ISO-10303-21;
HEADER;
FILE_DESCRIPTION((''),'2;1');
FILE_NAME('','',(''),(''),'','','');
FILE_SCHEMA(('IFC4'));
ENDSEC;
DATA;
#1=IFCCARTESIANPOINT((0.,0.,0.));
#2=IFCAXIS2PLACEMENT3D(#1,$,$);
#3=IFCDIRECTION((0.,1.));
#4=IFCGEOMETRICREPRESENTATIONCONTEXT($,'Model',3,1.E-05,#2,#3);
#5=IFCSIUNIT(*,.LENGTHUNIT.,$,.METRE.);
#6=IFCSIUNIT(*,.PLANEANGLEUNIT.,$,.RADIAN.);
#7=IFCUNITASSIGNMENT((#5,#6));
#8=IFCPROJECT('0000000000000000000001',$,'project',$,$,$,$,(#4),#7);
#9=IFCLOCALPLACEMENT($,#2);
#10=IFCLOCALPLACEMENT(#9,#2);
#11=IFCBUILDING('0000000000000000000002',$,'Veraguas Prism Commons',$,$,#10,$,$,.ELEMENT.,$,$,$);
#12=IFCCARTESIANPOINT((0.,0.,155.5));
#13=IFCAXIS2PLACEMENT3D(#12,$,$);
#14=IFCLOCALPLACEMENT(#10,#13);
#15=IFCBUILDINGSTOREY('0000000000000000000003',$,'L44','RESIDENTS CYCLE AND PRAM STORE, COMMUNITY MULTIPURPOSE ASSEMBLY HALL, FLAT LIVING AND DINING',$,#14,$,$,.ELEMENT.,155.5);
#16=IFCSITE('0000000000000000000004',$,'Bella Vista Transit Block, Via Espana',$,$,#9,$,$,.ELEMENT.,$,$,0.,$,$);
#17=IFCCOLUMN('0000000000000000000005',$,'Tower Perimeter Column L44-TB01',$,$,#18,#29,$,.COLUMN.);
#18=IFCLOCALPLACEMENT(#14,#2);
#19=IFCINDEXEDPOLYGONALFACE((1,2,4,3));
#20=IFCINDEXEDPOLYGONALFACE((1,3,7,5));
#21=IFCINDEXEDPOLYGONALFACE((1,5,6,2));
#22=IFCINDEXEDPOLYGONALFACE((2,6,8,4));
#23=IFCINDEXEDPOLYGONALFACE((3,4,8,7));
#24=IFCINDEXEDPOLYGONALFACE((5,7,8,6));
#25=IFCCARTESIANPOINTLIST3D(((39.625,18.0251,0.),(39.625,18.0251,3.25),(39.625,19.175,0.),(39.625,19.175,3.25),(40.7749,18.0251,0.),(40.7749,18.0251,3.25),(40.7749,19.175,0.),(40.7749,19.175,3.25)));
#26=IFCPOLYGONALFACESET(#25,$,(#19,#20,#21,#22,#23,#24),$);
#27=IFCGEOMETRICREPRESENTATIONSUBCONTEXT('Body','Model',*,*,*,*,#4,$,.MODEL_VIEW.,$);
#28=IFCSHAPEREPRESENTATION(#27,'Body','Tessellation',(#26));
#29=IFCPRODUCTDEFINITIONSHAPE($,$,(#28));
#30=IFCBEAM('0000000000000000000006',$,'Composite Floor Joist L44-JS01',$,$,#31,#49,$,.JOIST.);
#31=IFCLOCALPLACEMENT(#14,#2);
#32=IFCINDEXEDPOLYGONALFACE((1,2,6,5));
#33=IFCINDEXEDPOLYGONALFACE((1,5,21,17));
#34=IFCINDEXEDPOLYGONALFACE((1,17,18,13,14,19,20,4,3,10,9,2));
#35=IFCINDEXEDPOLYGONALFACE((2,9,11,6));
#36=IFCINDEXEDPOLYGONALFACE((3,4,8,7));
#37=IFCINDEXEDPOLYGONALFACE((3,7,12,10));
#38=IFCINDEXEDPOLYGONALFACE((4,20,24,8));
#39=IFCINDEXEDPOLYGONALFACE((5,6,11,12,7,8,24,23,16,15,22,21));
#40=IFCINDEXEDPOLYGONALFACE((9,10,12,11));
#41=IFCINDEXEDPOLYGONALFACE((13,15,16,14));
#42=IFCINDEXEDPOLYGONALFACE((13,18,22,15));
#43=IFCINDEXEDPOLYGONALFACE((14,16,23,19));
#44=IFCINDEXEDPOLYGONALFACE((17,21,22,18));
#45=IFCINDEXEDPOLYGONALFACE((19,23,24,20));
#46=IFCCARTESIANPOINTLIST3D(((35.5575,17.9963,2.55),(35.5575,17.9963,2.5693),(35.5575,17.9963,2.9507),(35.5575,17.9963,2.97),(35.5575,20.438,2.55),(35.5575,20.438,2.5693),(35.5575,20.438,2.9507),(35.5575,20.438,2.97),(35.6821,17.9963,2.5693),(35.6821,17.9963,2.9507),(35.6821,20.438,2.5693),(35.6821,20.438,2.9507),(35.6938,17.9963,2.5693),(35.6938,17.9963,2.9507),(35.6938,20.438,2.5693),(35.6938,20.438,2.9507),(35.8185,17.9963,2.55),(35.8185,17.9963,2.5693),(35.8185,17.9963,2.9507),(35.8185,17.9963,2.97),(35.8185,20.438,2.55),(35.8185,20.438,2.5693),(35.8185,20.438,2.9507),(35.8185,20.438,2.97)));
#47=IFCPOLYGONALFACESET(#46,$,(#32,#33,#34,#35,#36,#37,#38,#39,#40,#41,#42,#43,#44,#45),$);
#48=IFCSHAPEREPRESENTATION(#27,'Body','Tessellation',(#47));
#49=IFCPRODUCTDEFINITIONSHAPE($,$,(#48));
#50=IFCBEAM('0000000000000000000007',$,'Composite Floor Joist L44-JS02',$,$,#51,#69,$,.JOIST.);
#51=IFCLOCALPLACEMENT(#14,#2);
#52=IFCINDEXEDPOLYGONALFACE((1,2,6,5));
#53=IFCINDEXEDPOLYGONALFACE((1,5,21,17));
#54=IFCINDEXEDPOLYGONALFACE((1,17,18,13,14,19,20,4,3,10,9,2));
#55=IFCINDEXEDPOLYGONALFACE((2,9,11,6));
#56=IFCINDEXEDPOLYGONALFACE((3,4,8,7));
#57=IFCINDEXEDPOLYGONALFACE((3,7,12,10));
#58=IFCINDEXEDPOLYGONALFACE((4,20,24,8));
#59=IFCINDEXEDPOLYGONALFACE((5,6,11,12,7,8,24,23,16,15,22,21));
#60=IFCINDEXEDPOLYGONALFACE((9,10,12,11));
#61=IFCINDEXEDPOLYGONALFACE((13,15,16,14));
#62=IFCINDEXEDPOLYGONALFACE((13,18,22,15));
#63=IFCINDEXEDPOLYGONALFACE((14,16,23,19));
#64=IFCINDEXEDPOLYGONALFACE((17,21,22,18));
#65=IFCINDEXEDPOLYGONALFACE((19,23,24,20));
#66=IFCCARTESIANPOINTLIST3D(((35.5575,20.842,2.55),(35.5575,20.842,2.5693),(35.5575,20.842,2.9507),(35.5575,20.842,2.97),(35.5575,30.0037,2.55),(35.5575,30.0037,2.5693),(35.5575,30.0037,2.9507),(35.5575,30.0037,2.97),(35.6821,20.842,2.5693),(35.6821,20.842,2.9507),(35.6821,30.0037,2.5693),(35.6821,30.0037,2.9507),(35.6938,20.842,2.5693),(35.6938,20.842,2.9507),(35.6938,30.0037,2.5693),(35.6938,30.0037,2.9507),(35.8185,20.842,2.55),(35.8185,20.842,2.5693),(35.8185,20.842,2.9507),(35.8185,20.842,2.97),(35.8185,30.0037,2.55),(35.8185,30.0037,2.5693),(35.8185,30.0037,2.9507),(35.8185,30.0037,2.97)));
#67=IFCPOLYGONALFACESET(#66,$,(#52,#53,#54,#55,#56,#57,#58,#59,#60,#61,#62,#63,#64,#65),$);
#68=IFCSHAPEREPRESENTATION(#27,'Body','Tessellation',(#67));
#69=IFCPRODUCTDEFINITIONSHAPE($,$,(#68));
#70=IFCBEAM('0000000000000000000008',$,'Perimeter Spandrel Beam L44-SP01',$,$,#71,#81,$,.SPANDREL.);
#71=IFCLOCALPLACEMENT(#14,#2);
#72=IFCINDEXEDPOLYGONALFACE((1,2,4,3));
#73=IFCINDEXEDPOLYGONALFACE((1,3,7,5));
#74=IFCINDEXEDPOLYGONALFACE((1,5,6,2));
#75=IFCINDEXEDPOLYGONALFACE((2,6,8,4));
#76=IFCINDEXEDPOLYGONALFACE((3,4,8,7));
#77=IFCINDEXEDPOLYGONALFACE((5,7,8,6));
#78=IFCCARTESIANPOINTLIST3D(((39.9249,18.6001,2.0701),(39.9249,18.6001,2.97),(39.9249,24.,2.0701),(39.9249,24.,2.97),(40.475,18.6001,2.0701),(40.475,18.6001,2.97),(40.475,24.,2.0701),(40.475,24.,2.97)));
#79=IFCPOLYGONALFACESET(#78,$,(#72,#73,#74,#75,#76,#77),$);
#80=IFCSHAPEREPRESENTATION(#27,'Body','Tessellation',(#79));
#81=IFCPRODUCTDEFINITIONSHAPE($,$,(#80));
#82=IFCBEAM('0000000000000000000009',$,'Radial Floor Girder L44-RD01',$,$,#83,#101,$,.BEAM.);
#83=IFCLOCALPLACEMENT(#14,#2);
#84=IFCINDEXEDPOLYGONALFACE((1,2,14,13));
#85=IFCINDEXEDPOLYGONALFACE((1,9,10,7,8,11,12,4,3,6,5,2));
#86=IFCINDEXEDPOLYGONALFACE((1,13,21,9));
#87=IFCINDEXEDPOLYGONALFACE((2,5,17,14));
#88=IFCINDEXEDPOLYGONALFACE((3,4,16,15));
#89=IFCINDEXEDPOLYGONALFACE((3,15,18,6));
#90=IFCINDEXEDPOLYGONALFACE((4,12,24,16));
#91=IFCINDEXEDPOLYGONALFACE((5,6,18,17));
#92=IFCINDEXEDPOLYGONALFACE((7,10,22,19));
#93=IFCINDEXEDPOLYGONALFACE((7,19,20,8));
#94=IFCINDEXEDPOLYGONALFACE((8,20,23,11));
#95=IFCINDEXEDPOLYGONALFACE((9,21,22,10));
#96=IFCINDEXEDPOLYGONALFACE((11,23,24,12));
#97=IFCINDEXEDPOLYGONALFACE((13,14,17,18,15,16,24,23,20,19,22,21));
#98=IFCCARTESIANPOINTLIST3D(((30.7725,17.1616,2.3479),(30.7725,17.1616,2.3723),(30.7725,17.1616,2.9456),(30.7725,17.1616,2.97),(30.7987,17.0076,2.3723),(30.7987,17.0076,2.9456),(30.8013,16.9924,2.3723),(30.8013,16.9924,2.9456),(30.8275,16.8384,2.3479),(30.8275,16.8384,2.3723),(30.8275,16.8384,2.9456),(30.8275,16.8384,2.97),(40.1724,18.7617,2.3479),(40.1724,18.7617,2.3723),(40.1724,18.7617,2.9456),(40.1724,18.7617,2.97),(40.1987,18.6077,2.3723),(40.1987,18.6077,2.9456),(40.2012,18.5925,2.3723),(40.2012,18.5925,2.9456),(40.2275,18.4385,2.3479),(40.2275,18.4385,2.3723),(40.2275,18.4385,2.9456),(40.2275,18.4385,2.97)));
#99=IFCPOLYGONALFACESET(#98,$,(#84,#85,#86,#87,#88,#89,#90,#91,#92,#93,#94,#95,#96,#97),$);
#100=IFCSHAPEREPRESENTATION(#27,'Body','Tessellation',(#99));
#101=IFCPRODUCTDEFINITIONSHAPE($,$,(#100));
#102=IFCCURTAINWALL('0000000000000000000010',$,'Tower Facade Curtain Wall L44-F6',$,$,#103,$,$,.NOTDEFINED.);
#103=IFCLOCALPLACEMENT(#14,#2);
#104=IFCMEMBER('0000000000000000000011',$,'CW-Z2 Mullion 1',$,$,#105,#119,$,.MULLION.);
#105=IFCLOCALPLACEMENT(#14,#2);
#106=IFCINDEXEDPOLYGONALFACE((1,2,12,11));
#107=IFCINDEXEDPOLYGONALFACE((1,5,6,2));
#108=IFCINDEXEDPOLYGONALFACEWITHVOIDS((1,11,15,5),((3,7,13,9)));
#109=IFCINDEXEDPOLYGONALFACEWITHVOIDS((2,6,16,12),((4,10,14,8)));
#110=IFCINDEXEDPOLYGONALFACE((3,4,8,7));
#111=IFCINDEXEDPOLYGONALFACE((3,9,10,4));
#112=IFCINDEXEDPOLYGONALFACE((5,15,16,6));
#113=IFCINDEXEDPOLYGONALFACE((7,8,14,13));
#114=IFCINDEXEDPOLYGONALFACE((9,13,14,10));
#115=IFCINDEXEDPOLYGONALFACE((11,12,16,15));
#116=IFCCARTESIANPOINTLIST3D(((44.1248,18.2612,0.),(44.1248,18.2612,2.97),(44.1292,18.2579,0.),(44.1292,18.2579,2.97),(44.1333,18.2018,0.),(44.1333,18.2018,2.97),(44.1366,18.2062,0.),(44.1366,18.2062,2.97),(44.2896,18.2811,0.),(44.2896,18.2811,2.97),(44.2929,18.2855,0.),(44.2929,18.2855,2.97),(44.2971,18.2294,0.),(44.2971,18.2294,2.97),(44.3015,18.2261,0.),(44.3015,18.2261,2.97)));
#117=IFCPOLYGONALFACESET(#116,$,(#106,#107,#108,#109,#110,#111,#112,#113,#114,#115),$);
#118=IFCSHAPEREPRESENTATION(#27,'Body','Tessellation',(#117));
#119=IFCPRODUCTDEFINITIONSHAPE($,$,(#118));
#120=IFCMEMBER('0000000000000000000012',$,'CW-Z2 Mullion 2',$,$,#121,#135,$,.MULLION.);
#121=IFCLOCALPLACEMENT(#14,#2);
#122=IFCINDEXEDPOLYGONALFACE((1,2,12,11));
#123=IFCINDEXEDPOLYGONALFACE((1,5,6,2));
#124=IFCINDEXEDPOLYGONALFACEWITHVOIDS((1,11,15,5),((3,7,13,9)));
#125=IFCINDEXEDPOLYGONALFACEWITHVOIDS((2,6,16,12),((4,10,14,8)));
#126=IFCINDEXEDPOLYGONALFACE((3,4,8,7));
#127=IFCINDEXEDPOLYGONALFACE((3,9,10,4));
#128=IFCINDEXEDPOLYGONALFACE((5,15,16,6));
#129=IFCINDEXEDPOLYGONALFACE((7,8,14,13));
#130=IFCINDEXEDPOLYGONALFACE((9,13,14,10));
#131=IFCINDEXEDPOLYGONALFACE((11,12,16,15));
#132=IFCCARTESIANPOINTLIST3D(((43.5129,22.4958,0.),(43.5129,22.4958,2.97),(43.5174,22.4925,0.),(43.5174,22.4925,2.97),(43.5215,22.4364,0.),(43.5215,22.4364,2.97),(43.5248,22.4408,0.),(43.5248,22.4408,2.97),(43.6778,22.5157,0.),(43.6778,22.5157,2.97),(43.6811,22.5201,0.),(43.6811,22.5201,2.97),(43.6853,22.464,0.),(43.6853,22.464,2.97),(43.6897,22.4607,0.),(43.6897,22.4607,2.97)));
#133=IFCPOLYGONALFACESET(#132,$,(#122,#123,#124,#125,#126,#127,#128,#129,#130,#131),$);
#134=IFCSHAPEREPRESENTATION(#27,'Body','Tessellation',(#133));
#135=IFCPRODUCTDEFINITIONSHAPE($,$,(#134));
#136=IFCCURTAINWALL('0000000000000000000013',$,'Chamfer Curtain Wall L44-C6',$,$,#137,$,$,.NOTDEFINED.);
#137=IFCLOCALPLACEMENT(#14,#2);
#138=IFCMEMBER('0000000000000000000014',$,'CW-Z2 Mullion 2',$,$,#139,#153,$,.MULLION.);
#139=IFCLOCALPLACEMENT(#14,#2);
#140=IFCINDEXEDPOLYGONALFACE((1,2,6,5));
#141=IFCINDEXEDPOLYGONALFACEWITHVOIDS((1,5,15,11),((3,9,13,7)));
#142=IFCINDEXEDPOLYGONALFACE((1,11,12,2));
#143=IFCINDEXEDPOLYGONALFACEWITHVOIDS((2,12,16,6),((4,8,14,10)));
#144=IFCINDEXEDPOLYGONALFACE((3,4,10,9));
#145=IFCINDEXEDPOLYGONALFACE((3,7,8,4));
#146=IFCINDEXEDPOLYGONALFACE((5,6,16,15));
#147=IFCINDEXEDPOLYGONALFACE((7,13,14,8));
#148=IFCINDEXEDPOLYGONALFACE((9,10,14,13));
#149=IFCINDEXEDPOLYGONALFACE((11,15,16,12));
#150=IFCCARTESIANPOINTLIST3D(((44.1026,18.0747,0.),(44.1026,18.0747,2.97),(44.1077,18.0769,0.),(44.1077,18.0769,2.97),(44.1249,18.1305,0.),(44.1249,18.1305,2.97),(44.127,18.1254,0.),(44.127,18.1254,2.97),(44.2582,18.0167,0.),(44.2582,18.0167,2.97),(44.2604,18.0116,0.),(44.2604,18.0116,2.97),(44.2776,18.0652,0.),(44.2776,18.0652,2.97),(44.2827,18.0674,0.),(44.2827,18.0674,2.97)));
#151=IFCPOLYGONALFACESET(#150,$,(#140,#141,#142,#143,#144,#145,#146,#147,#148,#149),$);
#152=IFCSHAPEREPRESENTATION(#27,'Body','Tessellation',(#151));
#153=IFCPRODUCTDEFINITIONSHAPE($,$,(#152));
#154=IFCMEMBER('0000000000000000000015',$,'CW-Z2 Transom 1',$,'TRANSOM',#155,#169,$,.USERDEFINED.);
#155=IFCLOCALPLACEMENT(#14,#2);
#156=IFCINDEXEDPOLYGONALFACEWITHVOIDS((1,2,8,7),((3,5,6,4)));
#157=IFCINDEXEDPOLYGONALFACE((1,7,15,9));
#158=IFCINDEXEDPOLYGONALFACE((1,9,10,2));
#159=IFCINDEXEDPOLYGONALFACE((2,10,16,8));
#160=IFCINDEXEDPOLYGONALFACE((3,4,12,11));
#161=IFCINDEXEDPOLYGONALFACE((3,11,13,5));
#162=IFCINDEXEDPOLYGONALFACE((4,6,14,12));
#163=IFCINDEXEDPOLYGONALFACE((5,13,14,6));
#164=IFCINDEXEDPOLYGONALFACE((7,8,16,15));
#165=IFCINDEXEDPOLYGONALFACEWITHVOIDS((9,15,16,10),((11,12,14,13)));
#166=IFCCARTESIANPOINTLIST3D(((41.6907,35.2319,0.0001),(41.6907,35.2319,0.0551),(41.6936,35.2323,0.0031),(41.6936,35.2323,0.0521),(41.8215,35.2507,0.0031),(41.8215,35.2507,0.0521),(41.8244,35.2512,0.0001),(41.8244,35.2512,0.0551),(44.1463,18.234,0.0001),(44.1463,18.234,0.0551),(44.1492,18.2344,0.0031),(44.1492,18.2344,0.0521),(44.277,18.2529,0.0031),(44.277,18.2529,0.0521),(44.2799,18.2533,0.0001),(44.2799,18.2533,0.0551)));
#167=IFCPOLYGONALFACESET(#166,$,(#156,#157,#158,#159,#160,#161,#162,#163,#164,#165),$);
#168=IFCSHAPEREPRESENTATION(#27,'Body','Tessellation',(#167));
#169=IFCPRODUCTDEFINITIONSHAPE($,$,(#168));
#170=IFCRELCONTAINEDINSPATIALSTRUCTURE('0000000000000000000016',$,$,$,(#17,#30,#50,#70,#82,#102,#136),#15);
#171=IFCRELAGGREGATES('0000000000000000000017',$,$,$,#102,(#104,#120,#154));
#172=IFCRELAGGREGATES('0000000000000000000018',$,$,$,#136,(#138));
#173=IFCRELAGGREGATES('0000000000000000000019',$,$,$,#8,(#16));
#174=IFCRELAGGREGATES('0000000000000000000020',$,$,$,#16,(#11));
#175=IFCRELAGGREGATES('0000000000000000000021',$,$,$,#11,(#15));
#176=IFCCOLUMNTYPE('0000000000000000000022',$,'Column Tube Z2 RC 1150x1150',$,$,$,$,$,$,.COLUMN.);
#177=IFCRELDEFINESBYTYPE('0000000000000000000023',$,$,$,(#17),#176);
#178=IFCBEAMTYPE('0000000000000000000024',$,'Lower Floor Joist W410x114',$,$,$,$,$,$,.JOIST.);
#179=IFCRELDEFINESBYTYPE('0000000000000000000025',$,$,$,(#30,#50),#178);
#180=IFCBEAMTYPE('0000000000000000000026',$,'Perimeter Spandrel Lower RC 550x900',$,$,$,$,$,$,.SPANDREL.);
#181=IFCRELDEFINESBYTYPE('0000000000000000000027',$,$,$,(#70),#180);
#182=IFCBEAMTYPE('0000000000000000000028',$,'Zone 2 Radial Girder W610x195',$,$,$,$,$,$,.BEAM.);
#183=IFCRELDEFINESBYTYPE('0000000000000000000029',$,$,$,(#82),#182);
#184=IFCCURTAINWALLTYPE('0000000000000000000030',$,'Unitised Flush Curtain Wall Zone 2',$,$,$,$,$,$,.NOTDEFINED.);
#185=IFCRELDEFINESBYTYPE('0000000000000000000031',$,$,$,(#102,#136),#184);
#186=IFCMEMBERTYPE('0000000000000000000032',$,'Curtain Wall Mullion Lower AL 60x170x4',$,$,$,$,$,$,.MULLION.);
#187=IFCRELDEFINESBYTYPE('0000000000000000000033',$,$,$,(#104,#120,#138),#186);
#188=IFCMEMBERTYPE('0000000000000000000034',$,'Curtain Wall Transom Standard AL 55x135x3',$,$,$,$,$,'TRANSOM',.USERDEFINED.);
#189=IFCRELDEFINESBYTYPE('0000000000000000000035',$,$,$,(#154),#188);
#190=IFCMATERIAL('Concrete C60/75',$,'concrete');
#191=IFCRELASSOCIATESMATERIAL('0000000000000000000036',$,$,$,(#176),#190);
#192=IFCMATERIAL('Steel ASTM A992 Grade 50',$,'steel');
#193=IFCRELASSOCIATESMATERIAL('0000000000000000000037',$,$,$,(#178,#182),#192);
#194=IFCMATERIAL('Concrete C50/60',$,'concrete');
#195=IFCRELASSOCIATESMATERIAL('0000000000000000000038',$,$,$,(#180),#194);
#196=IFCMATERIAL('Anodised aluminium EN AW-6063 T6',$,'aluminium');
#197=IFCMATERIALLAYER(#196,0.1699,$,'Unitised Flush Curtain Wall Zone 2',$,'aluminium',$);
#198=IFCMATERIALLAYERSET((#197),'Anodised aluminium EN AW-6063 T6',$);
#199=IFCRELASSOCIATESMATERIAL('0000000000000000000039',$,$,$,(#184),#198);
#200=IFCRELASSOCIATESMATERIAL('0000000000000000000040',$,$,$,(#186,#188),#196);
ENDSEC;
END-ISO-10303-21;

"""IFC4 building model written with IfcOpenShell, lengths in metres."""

from ifc_helpers import new_model, si_unit, direction, frame, origin, origin_2d, place, context, subcontext, project, spatial, rectangle, hollow_rectangle, i_section, extrude, source, transform, mapped, material, layer, layer_set, material_profile, profile_set, type_object, element, aggregate, save


model = new_model("IFC4")

# Units and contexts
model_context = context("Model", 3, precision=1e-05, world=origin(), true_north=direction((0.0, 1.0)))
body_context = subcontext(model_context, "Body", "Model", "MODEL_VIEW")
ifc_project = project(units=[si_unit("LENGTHUNIT", "METRE"), si_unit("PLANEANGLEUNIT", "RADIAN")], contexts=[model_context])

# Site, building, storey
site_placement = place(None, origin())
site = spatial("IfcSite", under=ifc_project, at=site_placement, Name="Bella Vista Transit Block, Via Espana", CompositionType="ELEMENT", RefElevation=0.0)
building_placement = place(site_placement, origin())
building = spatial("IfcBuilding", under=site, at=building_placement, Name="Veraguas Prism Commons", CompositionType="ELEMENT")
storey_placement = place(building_placement, frame((0.0, 0.0, 155.5)))
storey = spatial("IfcBuildingStorey", under=building, at=storey_placement, Name="L44", Description="RESIDENTS CYCLE AND PRAM STORE, COMMUNITY MULTIPURPOSE ASSEMBLY HALL, FLAT LIVING AND DINING", CompositionType="ELEMENT", Elevation=155.5)

# Column
ifc_material_1 = material(Name="Concrete C60/75", Category="concrete")
ifc_material_profile_1 = material_profile(ifc_material_1, rectangle(XDim=1.1499, YDim=1.1499, at=origin_2d()), Name="RC1150X1150")
ifc_profile_set_1 = profile_set([ifc_material_profile_1], Name="Concrete C60/75")
column_type = type_object("IfcColumnType", Name="Column Tube Z2 RC 1150x1150", PredefinedType="COLUMN", material=ifc_profile_set_1)
column_placement = place(storey_placement, frame((40.2, 18.6001, 0.0), z_axis=(0.0, 0.0, 1.0), x_axis=(1.0, 0.0, 0.0)))
element("IfcColumn", 1, at=column_placement, inside=storey, type_object=column_type, Name="Tower Perimeter Column L44-TB01", PredefinedType="COLUMN", context=body_context, shape_type="SweptSolid", body=[
    extrude(rectangle(XDim=1.1499, YDim=1.1499, at=origin_2d()), origin(), (0.0, 0.0, 1.0), 3.25),
])

# Beams
ifc_material_2 = material(Name="Steel ASTM A992 Grade 50", Category="steel")
ifc_material_profile_2 = material_profile(ifc_material_2, i_section(OverallWidth=0.261, OverallDepth=0.4199, WebThickness=0.0117, FlangeThickness=0.0193, at=origin_2d()), Name="W410X114")
ifc_profile_set_2 = profile_set([ifc_material_profile_2], Name="Steel ASTM A992 Grade 50")
beam_type_1 = type_object("IfcBeamType", Name="Lower Floor Joist W410x114", PredefinedType="JOIST", material=ifc_profile_set_2)
beam_1_placement = place(storey_placement, frame((35.688, 17.9963, 2.76), z_axis=(0.0, 1.0, 0.0), x_axis=(-1.0, 0.0, 0.0)))
element("IfcBeam", 2, at=beam_1_placement, inside=storey, type_object=beam_type_1, Name="Composite Floor Joist L44-JS01", PredefinedType="JOIST", context=body_context, shape_type="SweptSolid", body=[
    extrude(i_section(OverallWidth=0.261, OverallDepth=0.4199, WebThickness=0.0117, FlangeThickness=0.0193, at=origin_2d()), origin(), (0.0, 0.0, 1.0), 2.4417),
])
beam_2_placement = place(storey_placement, frame((35.688, 20.842, 2.76), z_axis=(0.0, 1.0, 0.0), x_axis=(-1.0, 0.0, 0.0)))
element("IfcBeam", 3, at=beam_2_placement, inside=storey, type_object=beam_type_1, Name="Composite Floor Joist L44-JS02", PredefinedType="JOIST", context=body_context, shape_type="SweptSolid", body=[
    extrude(i_section(OverallWidth=0.261, OverallDepth=0.4199, WebThickness=0.0117, FlangeThickness=0.0193, at=origin_2d()), origin(), (0.0, 0.0, 1.0), 9.1616),
])
ifc_material_3 = material(Name="Concrete C50/60", Category="concrete")
ifc_material_profile_3 = material_profile(ifc_material_3, rectangle(XDim=0.55, YDim=0.8999, at=origin_2d()), Name="RC550X900")
ifc_profile_set_3 = profile_set([ifc_material_profile_3], Name="Concrete C50/60")
beam_type_2 = type_object("IfcBeamType", Name="Perimeter Spandrel Lower RC 550x900", PredefinedType="SPANDREL", material=ifc_profile_set_3)
beam_3_placement = place(storey_placement, frame((40.2, 18.6001, 2.52), z_axis=(0.0, 1.0, 0.0), x_axis=(-1.0, 0.0, 0.0)))
element("IfcBeam", 4, at=beam_3_placement, inside=storey, type_object=beam_type_2, Name="Perimeter Spandrel Beam L44-SP01", PredefinedType="SPANDREL", context=body_context, shape_type="SweptSolid", body=[
    extrude(rectangle(XDim=0.55, YDim=0.8999, at=origin_2d()), origin(), (0.0, 0.0, 1.0), 5.3999),
])
ifc_material_profile_4 = material_profile(ifc_material_2, i_section(OverallWidth=0.3279, OverallDepth=0.6221, WebThickness=0.0154, FlangeThickness=0.0244, at=origin_2d()), Name="W610X195")
ifc_profile_set_4 = profile_set([ifc_material_profile_4], Name="Steel ASTM A992 Grade 50")
beam_type_3 = type_object("IfcBeamType", Name="Zone 2 Radial Girder W610x195", PredefinedType="BEAM", material=ifc_profile_set_4)
beam_4_placement = place(storey_placement, frame((40.2, 18.6001, 2.6589), z_axis=(-0.985819, -0.167811, 0.0), x_axis=(0.167811, -0.985819, 0.0)))
element("IfcBeam", 5, at=beam_4_placement, inside=storey, type_object=beam_type_3, Name="Radial Floor Girder L44-RD01", PredefinedType="BEAM", context=body_context, shape_type="SweptSolid", body=[
    extrude(i_section(OverallWidth=0.3279, OverallDepth=0.6221, WebThickness=0.0154, FlangeThickness=0.0244, at=origin_2d()), origin(), (0.0, 0.0, 1.0), 9.5352),
])

# Curtain wall, members
ifc_material_4 = material(Name="Anodised aluminium EN AW-6063 T6", Category="aluminium")
ifc_layer_1 = layer(ifc_material_4, 0.1699, Name="Unitised Flush Curtain Wall Zone 2", Category="aluminium")
ifc_layer_set_1 = layer_set([ifc_layer_1], Name="Anodised aluminium EN AW-6063 T6")
curtain_wall_type = type_object("IfcCurtainWallType", Name="Unitised Flush Curtain Wall Zone 2", PredefinedType="NOTDEFINED", material=ifc_layer_set_1)
curtain_wall_1_placement = place(storey_placement, origin())
curtain_wall_1 = element("IfcCurtainWall", 6, at=curtain_wall_1_placement, inside=storey, type_object=curtain_wall_type, Name="Tower Facade Curtain Wall L44-F6", PredefinedType="NOTDEFINED")
ifc_material_profile_5 = material_profile(ifc_material_4, hollow_rectangle(XDim=0.0601, YDim=0.1699, WallThickness=0.0039, at=origin_2d()), Name="AL60X170X4")
ifc_profile_set_5 = profile_set([ifc_material_profile_5], Name="Anodised aluminium EN AW-6063 T6")
member_type_1 = type_object("IfcMemberType", Name="Curtain Wall Mullion Lower AL 60x170x4", PredefinedType="MULLION", material=ifc_profile_set_5)
shared_shape_1 = source(origin(), body_context, "Body", "SweptSolid", [
    extrude(hollow_rectangle(XDim=0.0601, YDim=0.1699, WallThickness=0.0039, at=origin_2d()), origin(), (0.0, 0.0, 1.0), 2.97),
])
member_1_placement = place(storey_placement, frame((44.2131, 18.2437, 0.0), z_axis=(0.0, 0.0, 1.0), x_axis=(-0.142971, 0.989727, 0.0)))
member_1 = element("IfcMember", 7, at=member_1_placement, type_object=member_type_1, Name="CW-Z2 Mullion 1", PredefinedType="MULLION", context=body_context, shape_type="MappedRepresentation", body=[
    mapped(shared_shape_1, transform((0.0, 0.0, 0.0), scale=1.0)),
])
member_2_placement = place(storey_placement, frame((43.6013, 22.4783, 0.0), z_axis=(0.0, 0.0, 1.0), x_axis=(-0.142971, 0.989727, 0.0)))
member_2 = element("IfcMember", 8, at=member_2_placement, type_object=member_type_1, Name="CW-Z2 Mullion 2", PredefinedType="MULLION", context=body_context, shape_type="MappedRepresentation", body=[
    mapped(shared_shape_1, transform((0.0, 0.0, 0.0), scale=1.0)),
])

# Curtain wall, member
curtain_wall_2_placement = place(storey_placement, origin())
curtain_wall_2 = element("IfcCurtainWall", 9, at=curtain_wall_2_placement, inside=storey, type_object=curtain_wall_type, Name="Chamfer Curtain Wall L44-C6", PredefinedType="NOTDEFINED")
member_3_placement = place(storey_placement, frame((44.1926, 18.071, 0.0), z_axis=(0.0, 0.0, 1.0), x_axis=(0.371023, 0.928624, 0.0)))
member_3 = element("IfcMember", 10, at=member_3_placement, type_object=member_type_1, Name="CW-Z2 Mullion 2", PredefinedType="MULLION", context=body_context, shape_type="MappedRepresentation", body=[
    mapped(shared_shape_1, transform((0.0, 0.0, 0.0), scale=1.0)),
])

# Member
ifc_material_profile_6 = material_profile(ifc_material_4, hollow_rectangle(XDim=0.0549, YDim=0.135, WallThickness=0.0029, at=origin_2d()), Name="AL55X135X3")
ifc_profile_set_6 = profile_set([ifc_material_profile_6], Name="Anodised aluminium EN AW-6063 T6")
member_type_2 = type_object("IfcMemberType", Name="Curtain Wall Transom Standard AL 55x135x3", ElementType="TRANSOM", PredefinedType="USERDEFINED", material=ifc_profile_set_6)
shared_shape_2 = source(origin(), body_context, "Body", "SweptSolid", [
    extrude(hollow_rectangle(XDim=0.0549, YDim=0.135, WallThickness=0.0029, at=origin_2d()), origin(), (0.0, 0.0, 1.0), 17.1743),
])
member_4_placement = place(storey_placement, frame((44.2131, 18.2437, 0.0276), z_axis=(-0.142979, 0.989726, 0.0), x_axis=(0.0, 0.0, 1.0)))
member_4 = element("IfcMember", 11, at=member_4_placement, type_object=member_type_2, Name="CW-Z2 Transom 1", ObjectType="TRANSOM", PredefinedType="USERDEFINED", context=body_context, shape_type="MappedRepresentation", body=[
    mapped(shared_shape_2, transform((0.0, 0.0, 0.0), scale=1.0)),
])

aggregate(curtain_wall_1, [member_1, member_2, member_4])
aggregate(curtain_wall_2, [member_3])

save(model, "model.ifc")
